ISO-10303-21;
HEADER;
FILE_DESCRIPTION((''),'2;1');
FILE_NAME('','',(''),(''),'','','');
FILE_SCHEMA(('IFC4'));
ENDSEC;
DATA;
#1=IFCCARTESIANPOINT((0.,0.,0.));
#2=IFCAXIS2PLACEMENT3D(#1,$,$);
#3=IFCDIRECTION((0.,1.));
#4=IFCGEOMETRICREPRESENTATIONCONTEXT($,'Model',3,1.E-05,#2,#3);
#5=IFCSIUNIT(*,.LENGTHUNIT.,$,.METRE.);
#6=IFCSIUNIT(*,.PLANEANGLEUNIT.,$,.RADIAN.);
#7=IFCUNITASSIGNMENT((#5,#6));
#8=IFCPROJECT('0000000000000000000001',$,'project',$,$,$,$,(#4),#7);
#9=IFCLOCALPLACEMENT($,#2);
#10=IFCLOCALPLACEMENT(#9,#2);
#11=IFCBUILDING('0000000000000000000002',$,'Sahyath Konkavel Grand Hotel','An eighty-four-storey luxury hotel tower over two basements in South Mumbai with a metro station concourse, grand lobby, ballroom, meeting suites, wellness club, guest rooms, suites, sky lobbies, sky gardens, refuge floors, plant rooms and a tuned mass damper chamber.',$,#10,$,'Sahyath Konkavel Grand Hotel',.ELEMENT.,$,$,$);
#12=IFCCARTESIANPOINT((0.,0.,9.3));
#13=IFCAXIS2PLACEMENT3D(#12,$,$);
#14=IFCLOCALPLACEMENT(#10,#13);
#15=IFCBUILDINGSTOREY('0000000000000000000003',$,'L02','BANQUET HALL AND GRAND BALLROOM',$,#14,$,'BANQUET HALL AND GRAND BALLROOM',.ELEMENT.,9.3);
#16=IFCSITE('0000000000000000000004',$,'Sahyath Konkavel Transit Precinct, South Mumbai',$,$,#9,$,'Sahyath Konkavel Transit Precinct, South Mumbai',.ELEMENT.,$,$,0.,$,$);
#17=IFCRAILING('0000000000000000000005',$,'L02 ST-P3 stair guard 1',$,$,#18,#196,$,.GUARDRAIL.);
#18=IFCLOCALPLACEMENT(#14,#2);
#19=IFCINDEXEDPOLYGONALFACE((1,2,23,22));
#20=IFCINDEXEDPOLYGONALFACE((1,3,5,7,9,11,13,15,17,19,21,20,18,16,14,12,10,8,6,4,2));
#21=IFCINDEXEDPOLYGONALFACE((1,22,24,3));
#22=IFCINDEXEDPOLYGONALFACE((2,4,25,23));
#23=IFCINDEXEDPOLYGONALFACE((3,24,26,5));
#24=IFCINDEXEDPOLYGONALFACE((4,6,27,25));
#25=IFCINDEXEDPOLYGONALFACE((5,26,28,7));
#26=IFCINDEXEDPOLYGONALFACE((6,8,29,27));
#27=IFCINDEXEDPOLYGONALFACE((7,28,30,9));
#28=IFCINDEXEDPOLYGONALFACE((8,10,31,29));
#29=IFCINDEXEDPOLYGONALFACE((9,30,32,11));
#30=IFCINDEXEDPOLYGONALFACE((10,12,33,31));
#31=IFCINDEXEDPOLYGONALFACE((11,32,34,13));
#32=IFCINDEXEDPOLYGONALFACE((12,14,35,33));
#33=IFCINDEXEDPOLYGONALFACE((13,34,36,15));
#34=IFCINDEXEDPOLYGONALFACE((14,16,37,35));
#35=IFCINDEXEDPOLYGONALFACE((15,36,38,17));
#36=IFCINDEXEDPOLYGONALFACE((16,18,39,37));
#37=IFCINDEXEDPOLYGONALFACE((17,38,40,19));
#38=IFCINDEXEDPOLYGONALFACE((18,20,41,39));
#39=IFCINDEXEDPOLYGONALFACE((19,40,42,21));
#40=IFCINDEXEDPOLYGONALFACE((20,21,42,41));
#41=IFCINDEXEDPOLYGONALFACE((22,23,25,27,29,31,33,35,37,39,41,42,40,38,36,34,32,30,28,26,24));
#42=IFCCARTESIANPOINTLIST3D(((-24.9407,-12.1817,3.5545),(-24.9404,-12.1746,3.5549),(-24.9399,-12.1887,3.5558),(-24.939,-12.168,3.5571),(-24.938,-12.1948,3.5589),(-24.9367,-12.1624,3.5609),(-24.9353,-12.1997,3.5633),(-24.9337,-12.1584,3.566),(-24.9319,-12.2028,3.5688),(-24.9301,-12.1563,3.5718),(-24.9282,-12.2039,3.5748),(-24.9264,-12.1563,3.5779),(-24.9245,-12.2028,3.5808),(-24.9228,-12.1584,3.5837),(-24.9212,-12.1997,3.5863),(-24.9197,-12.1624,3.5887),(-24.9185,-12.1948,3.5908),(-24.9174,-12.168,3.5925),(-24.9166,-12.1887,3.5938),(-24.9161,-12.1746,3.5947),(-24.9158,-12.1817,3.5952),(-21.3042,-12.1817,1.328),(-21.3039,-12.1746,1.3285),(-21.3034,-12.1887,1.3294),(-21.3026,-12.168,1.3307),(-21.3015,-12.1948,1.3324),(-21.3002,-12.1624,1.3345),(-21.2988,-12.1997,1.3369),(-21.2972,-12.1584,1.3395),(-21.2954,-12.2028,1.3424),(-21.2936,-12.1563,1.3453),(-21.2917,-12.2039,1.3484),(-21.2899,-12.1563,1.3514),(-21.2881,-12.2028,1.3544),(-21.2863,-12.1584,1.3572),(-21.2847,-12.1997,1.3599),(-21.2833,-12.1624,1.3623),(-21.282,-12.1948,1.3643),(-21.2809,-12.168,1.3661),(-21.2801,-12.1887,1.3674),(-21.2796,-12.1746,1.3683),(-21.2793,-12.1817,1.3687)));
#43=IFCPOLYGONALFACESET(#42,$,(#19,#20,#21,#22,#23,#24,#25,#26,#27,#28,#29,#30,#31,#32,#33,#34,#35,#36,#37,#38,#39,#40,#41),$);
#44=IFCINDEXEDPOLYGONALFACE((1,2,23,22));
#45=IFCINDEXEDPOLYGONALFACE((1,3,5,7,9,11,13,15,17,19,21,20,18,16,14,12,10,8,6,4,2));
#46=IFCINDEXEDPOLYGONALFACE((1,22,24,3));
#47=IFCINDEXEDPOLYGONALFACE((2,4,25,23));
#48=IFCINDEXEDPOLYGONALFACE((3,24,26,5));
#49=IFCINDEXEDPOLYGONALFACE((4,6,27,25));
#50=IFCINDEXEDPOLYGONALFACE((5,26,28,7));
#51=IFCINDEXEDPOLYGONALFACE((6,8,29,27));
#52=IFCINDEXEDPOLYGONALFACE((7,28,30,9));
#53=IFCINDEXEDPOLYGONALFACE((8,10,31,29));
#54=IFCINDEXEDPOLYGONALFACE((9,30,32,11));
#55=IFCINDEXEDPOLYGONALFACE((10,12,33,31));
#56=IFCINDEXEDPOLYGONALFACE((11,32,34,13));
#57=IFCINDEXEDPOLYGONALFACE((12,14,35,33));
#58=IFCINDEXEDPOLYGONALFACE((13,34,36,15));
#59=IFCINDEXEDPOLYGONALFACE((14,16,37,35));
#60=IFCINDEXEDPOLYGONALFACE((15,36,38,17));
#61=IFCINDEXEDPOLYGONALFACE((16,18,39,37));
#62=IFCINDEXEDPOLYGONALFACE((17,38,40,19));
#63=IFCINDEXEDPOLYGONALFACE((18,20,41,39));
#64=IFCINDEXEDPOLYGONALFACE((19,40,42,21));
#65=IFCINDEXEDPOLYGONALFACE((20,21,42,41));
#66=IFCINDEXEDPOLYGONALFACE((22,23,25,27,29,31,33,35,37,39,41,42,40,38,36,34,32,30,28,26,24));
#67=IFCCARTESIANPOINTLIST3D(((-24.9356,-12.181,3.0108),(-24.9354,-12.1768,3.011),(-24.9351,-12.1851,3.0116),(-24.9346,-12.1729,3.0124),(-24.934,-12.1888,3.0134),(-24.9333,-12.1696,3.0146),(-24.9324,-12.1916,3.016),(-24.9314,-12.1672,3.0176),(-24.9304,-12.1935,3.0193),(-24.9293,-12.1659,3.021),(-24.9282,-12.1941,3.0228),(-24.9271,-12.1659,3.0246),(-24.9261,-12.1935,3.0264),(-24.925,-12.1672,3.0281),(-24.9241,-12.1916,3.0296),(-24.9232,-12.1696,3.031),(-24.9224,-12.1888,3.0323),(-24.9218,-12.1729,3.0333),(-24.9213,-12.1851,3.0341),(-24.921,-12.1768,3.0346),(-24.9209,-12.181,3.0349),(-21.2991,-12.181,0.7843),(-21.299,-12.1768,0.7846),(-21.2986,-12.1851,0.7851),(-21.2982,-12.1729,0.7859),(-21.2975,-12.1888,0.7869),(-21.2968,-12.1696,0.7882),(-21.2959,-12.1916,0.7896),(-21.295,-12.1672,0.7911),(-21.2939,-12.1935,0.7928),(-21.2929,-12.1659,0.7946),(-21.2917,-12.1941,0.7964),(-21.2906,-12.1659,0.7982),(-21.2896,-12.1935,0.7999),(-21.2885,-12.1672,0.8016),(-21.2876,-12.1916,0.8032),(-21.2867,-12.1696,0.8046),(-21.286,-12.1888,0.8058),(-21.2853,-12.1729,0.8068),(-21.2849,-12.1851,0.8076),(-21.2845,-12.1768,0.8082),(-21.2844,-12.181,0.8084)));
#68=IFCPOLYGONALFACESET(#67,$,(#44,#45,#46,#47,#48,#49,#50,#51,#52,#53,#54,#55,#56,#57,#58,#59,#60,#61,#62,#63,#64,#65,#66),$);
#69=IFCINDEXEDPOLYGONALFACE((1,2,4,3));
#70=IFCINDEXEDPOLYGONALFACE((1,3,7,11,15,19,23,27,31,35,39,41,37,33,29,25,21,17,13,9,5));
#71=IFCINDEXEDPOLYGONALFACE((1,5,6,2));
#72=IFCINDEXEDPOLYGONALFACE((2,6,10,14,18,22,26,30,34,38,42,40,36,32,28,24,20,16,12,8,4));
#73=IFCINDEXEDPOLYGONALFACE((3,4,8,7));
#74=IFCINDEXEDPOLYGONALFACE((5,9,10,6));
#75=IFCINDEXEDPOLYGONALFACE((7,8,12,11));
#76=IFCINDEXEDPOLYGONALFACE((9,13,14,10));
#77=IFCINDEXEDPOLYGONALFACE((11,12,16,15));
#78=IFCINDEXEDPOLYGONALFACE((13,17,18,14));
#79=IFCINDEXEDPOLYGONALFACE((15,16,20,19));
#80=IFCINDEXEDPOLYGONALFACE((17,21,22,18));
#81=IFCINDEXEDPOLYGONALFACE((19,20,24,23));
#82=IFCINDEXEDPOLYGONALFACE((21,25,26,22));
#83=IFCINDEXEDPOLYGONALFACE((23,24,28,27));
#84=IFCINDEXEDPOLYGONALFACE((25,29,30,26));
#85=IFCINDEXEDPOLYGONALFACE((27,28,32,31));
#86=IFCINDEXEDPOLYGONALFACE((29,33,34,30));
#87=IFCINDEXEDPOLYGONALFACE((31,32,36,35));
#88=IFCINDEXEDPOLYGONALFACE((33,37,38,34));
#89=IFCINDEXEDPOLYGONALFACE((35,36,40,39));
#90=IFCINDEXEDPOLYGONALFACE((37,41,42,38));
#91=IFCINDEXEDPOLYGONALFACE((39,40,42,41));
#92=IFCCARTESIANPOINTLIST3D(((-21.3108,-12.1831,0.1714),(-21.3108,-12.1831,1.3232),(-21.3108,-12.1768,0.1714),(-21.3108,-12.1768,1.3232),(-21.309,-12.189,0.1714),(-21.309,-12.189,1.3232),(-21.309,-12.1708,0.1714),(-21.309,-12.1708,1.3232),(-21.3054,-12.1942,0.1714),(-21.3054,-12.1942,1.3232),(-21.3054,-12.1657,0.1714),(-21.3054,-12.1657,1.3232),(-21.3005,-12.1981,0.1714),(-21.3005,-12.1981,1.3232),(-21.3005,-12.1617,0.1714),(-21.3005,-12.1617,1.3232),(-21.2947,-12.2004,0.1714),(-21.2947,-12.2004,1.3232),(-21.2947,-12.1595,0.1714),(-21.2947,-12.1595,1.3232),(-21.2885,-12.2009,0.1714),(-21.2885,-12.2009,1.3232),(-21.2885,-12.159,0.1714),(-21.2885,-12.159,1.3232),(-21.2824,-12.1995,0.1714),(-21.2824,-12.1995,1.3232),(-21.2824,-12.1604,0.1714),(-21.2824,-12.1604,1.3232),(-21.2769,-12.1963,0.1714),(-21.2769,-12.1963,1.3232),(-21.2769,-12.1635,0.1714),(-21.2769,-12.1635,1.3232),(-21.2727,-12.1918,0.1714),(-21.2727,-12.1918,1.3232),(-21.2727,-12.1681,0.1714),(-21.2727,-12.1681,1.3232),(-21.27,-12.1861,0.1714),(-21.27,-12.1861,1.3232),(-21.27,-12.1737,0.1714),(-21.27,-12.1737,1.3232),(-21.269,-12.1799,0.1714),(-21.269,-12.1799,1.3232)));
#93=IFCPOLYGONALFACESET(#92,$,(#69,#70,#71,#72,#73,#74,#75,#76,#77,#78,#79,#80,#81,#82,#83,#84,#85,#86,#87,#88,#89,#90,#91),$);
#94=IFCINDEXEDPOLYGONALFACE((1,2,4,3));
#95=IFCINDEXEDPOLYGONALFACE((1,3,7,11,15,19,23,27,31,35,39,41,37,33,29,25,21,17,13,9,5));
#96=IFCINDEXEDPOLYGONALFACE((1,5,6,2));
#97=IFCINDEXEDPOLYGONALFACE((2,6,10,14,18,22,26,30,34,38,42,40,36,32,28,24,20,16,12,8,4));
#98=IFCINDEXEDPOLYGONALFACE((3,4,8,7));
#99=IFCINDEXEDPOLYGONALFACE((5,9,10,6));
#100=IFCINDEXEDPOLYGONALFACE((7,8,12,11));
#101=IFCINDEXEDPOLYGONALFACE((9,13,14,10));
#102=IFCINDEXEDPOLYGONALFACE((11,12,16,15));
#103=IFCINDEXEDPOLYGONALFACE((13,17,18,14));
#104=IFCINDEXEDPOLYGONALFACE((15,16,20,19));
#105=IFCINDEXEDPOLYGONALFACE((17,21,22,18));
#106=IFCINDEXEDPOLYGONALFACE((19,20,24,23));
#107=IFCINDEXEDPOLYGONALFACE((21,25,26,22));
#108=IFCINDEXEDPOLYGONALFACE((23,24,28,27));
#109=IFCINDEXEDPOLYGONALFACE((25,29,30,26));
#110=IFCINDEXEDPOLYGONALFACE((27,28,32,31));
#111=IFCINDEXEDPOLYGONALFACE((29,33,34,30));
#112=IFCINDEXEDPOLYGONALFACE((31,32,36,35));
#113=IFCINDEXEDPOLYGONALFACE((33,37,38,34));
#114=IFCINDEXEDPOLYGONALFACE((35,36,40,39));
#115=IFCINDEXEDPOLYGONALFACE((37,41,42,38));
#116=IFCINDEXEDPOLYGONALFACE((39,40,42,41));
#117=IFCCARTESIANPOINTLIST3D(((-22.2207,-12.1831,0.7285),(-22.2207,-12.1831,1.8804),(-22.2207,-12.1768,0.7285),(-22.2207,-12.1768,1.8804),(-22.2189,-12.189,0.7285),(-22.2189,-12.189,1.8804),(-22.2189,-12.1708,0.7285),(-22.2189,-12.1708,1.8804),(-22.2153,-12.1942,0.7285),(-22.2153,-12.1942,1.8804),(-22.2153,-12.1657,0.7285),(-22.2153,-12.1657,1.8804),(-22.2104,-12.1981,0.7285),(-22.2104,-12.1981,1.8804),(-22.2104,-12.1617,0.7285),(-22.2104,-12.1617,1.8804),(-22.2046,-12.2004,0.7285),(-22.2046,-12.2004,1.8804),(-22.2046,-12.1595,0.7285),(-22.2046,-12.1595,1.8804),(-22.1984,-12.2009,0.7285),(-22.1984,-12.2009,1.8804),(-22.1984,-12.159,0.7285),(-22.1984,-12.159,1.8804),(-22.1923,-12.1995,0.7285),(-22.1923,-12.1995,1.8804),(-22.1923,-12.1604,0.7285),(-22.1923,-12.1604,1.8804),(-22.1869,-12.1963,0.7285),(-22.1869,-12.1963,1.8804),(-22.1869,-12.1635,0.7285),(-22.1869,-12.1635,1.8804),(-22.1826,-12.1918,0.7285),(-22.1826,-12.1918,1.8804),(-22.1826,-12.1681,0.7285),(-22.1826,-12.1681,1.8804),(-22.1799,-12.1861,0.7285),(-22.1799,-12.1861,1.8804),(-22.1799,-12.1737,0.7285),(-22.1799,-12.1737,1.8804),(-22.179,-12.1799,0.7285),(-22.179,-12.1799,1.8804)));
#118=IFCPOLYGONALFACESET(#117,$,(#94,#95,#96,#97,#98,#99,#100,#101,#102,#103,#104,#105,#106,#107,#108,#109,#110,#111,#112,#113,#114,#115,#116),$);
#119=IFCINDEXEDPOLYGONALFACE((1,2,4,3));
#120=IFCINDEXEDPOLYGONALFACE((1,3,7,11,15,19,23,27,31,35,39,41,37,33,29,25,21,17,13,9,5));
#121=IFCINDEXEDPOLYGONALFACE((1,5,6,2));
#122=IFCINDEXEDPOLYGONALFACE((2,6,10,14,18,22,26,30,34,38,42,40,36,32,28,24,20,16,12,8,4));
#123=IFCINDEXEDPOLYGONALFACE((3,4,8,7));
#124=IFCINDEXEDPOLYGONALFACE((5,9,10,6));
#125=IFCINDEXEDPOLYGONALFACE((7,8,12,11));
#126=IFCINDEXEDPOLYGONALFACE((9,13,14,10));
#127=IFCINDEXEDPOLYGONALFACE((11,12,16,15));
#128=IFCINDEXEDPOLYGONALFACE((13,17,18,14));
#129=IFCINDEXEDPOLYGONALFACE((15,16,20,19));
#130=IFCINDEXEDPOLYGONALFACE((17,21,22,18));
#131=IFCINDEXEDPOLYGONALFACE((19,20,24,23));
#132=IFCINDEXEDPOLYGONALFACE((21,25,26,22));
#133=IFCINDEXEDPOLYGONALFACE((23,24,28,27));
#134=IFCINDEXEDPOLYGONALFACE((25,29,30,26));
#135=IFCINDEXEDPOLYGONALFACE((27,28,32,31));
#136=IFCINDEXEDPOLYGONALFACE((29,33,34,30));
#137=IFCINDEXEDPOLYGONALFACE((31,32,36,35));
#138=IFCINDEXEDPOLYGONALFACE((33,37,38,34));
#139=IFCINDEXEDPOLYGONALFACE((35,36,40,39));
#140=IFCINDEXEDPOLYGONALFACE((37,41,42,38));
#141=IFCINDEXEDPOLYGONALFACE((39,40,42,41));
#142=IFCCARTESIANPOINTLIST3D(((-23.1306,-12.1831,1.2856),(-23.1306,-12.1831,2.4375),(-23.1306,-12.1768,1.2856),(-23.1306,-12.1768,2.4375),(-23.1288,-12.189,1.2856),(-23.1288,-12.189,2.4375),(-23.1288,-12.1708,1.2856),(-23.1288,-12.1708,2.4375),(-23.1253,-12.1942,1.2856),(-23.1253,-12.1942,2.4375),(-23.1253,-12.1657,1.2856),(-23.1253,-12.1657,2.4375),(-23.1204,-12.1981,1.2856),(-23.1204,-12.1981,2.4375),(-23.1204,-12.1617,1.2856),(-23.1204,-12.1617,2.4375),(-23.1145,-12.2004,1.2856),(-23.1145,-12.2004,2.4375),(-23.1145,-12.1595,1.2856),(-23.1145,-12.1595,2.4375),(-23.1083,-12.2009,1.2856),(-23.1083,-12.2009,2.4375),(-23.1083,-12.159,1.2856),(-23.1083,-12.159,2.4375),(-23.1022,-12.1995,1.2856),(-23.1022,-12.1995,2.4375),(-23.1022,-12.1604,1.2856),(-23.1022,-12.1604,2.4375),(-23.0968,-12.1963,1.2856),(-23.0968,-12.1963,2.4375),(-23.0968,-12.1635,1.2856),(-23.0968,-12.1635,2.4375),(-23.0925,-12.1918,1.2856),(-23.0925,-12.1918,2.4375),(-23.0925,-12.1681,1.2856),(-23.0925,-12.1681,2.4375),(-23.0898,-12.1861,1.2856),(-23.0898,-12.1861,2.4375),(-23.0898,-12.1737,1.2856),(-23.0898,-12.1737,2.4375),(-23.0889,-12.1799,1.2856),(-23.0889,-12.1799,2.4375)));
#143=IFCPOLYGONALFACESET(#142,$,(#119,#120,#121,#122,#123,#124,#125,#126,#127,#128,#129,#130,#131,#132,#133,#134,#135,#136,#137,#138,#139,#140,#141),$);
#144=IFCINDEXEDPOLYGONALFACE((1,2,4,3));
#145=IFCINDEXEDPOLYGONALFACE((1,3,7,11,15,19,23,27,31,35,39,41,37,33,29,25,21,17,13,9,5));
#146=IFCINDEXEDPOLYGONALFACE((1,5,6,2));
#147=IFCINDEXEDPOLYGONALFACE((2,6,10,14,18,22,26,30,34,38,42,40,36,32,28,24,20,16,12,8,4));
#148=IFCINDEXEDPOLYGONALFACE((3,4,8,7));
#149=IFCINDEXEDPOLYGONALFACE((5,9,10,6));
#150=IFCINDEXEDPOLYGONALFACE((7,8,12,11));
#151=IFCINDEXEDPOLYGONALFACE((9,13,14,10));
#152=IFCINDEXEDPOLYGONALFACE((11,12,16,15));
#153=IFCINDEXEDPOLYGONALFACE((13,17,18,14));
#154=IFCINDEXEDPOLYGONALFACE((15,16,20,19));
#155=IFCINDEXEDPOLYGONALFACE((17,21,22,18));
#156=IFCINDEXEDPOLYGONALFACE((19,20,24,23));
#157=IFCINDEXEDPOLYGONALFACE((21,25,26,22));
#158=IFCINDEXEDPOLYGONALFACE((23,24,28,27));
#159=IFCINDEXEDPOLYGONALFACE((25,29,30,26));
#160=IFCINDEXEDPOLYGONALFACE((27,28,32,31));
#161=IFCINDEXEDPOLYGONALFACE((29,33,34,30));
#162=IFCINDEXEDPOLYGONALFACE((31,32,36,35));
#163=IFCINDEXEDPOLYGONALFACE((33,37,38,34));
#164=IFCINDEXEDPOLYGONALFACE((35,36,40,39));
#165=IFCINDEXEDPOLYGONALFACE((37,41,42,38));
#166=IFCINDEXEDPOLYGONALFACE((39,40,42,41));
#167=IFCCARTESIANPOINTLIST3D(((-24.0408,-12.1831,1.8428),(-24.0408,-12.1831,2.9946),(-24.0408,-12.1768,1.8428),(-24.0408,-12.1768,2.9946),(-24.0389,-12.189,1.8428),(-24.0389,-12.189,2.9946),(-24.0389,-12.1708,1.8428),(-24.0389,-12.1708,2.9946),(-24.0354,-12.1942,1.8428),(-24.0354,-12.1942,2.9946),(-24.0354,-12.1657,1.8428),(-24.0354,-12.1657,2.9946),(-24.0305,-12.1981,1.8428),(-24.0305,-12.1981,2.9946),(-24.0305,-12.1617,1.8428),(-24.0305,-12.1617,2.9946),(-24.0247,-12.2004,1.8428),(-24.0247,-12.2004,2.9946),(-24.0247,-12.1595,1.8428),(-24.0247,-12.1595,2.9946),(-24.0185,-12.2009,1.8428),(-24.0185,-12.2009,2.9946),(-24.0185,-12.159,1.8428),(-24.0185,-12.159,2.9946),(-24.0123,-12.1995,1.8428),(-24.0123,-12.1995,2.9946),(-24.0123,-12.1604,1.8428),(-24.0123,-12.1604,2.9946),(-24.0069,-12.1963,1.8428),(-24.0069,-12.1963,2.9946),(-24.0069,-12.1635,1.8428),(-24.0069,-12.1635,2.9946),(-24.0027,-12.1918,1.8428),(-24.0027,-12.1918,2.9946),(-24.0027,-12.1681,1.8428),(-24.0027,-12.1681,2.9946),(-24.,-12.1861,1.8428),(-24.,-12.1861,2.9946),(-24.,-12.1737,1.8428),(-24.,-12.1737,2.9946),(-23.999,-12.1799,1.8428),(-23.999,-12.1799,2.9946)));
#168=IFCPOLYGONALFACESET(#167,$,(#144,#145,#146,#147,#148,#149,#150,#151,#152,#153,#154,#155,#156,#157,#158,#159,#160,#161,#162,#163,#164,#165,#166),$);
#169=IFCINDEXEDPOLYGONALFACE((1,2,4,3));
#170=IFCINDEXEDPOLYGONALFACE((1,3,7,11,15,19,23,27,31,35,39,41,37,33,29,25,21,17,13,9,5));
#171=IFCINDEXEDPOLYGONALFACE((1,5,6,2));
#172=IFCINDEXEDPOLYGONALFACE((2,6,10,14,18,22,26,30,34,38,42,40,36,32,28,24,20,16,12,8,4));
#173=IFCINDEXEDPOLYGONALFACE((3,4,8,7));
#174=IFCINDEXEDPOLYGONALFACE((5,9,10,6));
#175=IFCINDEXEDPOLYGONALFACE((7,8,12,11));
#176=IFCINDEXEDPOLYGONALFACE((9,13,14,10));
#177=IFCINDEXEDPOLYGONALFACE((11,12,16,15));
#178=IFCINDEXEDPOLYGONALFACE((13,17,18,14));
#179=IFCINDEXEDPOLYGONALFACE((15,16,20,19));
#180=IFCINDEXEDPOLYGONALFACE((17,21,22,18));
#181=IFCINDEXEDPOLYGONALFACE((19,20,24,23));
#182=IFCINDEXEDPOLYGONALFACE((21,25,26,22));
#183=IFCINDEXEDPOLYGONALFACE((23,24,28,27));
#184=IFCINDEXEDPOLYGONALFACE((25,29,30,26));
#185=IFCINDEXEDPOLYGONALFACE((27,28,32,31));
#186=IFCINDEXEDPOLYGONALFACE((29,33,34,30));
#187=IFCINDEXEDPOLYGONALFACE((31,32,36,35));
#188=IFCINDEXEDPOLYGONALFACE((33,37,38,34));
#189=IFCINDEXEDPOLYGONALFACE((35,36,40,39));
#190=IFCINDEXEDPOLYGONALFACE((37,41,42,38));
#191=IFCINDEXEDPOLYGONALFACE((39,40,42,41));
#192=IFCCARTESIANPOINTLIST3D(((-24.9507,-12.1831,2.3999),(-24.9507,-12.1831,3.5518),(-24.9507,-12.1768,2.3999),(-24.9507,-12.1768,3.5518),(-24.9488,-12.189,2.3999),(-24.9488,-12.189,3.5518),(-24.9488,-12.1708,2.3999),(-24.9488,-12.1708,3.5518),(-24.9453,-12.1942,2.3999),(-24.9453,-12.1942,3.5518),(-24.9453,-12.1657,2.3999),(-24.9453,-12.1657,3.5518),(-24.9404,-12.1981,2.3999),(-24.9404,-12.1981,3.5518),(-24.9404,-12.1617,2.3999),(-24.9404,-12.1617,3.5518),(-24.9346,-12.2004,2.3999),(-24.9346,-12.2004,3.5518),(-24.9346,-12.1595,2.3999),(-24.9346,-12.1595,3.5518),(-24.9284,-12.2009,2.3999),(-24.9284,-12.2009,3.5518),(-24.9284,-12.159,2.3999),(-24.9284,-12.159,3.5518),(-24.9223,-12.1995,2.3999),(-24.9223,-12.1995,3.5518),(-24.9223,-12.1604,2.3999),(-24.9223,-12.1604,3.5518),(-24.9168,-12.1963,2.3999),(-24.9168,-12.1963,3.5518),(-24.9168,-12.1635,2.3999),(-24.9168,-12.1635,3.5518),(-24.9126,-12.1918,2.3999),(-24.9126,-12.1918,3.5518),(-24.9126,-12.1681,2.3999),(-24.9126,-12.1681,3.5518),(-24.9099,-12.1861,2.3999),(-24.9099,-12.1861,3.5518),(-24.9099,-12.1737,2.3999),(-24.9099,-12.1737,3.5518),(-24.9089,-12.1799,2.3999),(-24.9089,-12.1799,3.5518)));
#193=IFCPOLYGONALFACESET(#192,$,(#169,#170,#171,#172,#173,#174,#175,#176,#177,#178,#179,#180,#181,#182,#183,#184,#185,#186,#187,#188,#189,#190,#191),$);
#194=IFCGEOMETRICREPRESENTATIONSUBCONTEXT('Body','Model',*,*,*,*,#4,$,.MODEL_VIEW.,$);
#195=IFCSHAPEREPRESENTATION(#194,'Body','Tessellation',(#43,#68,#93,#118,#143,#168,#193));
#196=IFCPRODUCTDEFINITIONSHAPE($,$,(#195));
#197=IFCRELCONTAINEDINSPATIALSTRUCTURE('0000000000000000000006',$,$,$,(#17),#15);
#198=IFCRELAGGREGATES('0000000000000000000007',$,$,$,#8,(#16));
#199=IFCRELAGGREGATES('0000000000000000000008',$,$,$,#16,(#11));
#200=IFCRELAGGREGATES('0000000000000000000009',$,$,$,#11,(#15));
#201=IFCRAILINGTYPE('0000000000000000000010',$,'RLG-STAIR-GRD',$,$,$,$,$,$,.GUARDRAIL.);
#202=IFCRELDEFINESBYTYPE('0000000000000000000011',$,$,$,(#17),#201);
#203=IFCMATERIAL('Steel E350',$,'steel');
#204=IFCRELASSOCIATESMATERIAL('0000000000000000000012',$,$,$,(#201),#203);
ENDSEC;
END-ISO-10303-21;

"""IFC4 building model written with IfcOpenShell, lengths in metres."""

from ifc_helpers import new_model, si_unit, direction, frame, origin, origin_2d, place, context, subcontext, project, spatial, circle, extrude, material, type_object, element, save


model = new_model("IFC4")

# Units and contexts
model_context = context("Model", 3, precision=1e-05, world=origin(), true_north=direction((0.0, 1.0)))
body_context = subcontext(model_context, "Body", "Model", "MODEL_VIEW")
ifc_project = project(units=[si_unit("LENGTHUNIT", "METRE"), si_unit("PLANEANGLEUNIT", "RADIAN")], contexts=[model_context])

# Site, building, storey
site_placement = place(None, origin())
site = spatial("IfcSite", under=ifc_project, at=site_placement, Name="Sahyath Konkavel Transit Precinct, South Mumbai", LongName="Sahyath Konkavel Transit Precinct, South Mumbai", CompositionType="ELEMENT", RefElevation=0.0)
building_placement = place(site_placement, origin())
building = spatial("IfcBuilding", under=site, at=building_placement, Name="Sahyath Konkavel Grand Hotel", Description="An eighty-four-storey luxury hotel tower over two basements in South Mumbai with a metro station concourse, grand lobby, ballroom, meeting suites, wellness club, guest rooms, suites, sky lobbies, sky gardens, refuge floors, plant rooms and a tuned mass damper chamber.", LongName="Sahyath Konkavel Grand Hotel", CompositionType="ELEMENT")
storey_placement = place(building_placement, frame((0.0, 0.0, 9.3)))
storey = spatial("IfcBuildingStorey", under=building, at=storey_placement, Name="L02", Description="BANQUET HALL AND GRAND BALLROOM", LongName="BANQUET HALL AND GRAND BALLROOM", CompositionType="ELEMENT", Elevation=9.3)

# Railing
ifc_material_1 = material(Name="Steel E350", Category="steel")
railing_type_1 = type_object("IfcRailingType", Name="RLG-STAIR-GRD", PredefinedType="GUARDRAIL", material=ifc_material_1)
railing_1_placement = place(storey_placement, frame((-21.29, -12.1799, 0.1714)))
element("IfcRailing", 1, at=railing_1_placement, inside=storey, type_object=railing_type_1, Name="L02 ST-P3 stair guard 1", PredefinedType="GUARDRAIL", context=body_context, shape_type="SweptSolid", body=[
    extrude(circle(Radius=0.0239, at=origin_2d()), frame((-0.0017, 0.0, 1.177), z_axis=(-0.85285, 0.0, 0.522156), x_axis=(0.0, -1.0, 0.0)), (0.0, 0.0, 1.0), 4.2639),
    extrude(circle(Radius=0.0142, at=origin_2d()), frame((-0.0017, 0.0, 0.625), z_axis=(-0.85285, 0.0, 0.522156), x_axis=(0.0, -1.0, 0.0)), (0.0, 0.0, 1.0), 4.2639),
    extrude(circle(Radius=0.021, at=origin_2d()), origin(), (0.0, 0.0, 1.0), 1.1519),
    extrude(circle(Radius=0.021, at=origin_2d()), frame((-0.9099, 0.0, 0.5571)), (0.0, 0.0, 1.0), 1.1519),
    extrude(circle(Radius=0.021, at=origin_2d()), frame((-1.8198, 0.0, 1.1143)), (0.0, 0.0, 1.0), 1.1519),
    extrude(circle(Radius=0.021, at=origin_2d()), frame((-2.73, 0.0, 1.6714)), (0.0, 0.0, 1.0), 1.1519),
    extrude(circle(Radius=0.021, at=origin_2d()), frame((-3.6399, 0.0, 2.2285)), (0.0, 0.0, 1.0), 1.1519),
])

save(model, "model.ifc")
